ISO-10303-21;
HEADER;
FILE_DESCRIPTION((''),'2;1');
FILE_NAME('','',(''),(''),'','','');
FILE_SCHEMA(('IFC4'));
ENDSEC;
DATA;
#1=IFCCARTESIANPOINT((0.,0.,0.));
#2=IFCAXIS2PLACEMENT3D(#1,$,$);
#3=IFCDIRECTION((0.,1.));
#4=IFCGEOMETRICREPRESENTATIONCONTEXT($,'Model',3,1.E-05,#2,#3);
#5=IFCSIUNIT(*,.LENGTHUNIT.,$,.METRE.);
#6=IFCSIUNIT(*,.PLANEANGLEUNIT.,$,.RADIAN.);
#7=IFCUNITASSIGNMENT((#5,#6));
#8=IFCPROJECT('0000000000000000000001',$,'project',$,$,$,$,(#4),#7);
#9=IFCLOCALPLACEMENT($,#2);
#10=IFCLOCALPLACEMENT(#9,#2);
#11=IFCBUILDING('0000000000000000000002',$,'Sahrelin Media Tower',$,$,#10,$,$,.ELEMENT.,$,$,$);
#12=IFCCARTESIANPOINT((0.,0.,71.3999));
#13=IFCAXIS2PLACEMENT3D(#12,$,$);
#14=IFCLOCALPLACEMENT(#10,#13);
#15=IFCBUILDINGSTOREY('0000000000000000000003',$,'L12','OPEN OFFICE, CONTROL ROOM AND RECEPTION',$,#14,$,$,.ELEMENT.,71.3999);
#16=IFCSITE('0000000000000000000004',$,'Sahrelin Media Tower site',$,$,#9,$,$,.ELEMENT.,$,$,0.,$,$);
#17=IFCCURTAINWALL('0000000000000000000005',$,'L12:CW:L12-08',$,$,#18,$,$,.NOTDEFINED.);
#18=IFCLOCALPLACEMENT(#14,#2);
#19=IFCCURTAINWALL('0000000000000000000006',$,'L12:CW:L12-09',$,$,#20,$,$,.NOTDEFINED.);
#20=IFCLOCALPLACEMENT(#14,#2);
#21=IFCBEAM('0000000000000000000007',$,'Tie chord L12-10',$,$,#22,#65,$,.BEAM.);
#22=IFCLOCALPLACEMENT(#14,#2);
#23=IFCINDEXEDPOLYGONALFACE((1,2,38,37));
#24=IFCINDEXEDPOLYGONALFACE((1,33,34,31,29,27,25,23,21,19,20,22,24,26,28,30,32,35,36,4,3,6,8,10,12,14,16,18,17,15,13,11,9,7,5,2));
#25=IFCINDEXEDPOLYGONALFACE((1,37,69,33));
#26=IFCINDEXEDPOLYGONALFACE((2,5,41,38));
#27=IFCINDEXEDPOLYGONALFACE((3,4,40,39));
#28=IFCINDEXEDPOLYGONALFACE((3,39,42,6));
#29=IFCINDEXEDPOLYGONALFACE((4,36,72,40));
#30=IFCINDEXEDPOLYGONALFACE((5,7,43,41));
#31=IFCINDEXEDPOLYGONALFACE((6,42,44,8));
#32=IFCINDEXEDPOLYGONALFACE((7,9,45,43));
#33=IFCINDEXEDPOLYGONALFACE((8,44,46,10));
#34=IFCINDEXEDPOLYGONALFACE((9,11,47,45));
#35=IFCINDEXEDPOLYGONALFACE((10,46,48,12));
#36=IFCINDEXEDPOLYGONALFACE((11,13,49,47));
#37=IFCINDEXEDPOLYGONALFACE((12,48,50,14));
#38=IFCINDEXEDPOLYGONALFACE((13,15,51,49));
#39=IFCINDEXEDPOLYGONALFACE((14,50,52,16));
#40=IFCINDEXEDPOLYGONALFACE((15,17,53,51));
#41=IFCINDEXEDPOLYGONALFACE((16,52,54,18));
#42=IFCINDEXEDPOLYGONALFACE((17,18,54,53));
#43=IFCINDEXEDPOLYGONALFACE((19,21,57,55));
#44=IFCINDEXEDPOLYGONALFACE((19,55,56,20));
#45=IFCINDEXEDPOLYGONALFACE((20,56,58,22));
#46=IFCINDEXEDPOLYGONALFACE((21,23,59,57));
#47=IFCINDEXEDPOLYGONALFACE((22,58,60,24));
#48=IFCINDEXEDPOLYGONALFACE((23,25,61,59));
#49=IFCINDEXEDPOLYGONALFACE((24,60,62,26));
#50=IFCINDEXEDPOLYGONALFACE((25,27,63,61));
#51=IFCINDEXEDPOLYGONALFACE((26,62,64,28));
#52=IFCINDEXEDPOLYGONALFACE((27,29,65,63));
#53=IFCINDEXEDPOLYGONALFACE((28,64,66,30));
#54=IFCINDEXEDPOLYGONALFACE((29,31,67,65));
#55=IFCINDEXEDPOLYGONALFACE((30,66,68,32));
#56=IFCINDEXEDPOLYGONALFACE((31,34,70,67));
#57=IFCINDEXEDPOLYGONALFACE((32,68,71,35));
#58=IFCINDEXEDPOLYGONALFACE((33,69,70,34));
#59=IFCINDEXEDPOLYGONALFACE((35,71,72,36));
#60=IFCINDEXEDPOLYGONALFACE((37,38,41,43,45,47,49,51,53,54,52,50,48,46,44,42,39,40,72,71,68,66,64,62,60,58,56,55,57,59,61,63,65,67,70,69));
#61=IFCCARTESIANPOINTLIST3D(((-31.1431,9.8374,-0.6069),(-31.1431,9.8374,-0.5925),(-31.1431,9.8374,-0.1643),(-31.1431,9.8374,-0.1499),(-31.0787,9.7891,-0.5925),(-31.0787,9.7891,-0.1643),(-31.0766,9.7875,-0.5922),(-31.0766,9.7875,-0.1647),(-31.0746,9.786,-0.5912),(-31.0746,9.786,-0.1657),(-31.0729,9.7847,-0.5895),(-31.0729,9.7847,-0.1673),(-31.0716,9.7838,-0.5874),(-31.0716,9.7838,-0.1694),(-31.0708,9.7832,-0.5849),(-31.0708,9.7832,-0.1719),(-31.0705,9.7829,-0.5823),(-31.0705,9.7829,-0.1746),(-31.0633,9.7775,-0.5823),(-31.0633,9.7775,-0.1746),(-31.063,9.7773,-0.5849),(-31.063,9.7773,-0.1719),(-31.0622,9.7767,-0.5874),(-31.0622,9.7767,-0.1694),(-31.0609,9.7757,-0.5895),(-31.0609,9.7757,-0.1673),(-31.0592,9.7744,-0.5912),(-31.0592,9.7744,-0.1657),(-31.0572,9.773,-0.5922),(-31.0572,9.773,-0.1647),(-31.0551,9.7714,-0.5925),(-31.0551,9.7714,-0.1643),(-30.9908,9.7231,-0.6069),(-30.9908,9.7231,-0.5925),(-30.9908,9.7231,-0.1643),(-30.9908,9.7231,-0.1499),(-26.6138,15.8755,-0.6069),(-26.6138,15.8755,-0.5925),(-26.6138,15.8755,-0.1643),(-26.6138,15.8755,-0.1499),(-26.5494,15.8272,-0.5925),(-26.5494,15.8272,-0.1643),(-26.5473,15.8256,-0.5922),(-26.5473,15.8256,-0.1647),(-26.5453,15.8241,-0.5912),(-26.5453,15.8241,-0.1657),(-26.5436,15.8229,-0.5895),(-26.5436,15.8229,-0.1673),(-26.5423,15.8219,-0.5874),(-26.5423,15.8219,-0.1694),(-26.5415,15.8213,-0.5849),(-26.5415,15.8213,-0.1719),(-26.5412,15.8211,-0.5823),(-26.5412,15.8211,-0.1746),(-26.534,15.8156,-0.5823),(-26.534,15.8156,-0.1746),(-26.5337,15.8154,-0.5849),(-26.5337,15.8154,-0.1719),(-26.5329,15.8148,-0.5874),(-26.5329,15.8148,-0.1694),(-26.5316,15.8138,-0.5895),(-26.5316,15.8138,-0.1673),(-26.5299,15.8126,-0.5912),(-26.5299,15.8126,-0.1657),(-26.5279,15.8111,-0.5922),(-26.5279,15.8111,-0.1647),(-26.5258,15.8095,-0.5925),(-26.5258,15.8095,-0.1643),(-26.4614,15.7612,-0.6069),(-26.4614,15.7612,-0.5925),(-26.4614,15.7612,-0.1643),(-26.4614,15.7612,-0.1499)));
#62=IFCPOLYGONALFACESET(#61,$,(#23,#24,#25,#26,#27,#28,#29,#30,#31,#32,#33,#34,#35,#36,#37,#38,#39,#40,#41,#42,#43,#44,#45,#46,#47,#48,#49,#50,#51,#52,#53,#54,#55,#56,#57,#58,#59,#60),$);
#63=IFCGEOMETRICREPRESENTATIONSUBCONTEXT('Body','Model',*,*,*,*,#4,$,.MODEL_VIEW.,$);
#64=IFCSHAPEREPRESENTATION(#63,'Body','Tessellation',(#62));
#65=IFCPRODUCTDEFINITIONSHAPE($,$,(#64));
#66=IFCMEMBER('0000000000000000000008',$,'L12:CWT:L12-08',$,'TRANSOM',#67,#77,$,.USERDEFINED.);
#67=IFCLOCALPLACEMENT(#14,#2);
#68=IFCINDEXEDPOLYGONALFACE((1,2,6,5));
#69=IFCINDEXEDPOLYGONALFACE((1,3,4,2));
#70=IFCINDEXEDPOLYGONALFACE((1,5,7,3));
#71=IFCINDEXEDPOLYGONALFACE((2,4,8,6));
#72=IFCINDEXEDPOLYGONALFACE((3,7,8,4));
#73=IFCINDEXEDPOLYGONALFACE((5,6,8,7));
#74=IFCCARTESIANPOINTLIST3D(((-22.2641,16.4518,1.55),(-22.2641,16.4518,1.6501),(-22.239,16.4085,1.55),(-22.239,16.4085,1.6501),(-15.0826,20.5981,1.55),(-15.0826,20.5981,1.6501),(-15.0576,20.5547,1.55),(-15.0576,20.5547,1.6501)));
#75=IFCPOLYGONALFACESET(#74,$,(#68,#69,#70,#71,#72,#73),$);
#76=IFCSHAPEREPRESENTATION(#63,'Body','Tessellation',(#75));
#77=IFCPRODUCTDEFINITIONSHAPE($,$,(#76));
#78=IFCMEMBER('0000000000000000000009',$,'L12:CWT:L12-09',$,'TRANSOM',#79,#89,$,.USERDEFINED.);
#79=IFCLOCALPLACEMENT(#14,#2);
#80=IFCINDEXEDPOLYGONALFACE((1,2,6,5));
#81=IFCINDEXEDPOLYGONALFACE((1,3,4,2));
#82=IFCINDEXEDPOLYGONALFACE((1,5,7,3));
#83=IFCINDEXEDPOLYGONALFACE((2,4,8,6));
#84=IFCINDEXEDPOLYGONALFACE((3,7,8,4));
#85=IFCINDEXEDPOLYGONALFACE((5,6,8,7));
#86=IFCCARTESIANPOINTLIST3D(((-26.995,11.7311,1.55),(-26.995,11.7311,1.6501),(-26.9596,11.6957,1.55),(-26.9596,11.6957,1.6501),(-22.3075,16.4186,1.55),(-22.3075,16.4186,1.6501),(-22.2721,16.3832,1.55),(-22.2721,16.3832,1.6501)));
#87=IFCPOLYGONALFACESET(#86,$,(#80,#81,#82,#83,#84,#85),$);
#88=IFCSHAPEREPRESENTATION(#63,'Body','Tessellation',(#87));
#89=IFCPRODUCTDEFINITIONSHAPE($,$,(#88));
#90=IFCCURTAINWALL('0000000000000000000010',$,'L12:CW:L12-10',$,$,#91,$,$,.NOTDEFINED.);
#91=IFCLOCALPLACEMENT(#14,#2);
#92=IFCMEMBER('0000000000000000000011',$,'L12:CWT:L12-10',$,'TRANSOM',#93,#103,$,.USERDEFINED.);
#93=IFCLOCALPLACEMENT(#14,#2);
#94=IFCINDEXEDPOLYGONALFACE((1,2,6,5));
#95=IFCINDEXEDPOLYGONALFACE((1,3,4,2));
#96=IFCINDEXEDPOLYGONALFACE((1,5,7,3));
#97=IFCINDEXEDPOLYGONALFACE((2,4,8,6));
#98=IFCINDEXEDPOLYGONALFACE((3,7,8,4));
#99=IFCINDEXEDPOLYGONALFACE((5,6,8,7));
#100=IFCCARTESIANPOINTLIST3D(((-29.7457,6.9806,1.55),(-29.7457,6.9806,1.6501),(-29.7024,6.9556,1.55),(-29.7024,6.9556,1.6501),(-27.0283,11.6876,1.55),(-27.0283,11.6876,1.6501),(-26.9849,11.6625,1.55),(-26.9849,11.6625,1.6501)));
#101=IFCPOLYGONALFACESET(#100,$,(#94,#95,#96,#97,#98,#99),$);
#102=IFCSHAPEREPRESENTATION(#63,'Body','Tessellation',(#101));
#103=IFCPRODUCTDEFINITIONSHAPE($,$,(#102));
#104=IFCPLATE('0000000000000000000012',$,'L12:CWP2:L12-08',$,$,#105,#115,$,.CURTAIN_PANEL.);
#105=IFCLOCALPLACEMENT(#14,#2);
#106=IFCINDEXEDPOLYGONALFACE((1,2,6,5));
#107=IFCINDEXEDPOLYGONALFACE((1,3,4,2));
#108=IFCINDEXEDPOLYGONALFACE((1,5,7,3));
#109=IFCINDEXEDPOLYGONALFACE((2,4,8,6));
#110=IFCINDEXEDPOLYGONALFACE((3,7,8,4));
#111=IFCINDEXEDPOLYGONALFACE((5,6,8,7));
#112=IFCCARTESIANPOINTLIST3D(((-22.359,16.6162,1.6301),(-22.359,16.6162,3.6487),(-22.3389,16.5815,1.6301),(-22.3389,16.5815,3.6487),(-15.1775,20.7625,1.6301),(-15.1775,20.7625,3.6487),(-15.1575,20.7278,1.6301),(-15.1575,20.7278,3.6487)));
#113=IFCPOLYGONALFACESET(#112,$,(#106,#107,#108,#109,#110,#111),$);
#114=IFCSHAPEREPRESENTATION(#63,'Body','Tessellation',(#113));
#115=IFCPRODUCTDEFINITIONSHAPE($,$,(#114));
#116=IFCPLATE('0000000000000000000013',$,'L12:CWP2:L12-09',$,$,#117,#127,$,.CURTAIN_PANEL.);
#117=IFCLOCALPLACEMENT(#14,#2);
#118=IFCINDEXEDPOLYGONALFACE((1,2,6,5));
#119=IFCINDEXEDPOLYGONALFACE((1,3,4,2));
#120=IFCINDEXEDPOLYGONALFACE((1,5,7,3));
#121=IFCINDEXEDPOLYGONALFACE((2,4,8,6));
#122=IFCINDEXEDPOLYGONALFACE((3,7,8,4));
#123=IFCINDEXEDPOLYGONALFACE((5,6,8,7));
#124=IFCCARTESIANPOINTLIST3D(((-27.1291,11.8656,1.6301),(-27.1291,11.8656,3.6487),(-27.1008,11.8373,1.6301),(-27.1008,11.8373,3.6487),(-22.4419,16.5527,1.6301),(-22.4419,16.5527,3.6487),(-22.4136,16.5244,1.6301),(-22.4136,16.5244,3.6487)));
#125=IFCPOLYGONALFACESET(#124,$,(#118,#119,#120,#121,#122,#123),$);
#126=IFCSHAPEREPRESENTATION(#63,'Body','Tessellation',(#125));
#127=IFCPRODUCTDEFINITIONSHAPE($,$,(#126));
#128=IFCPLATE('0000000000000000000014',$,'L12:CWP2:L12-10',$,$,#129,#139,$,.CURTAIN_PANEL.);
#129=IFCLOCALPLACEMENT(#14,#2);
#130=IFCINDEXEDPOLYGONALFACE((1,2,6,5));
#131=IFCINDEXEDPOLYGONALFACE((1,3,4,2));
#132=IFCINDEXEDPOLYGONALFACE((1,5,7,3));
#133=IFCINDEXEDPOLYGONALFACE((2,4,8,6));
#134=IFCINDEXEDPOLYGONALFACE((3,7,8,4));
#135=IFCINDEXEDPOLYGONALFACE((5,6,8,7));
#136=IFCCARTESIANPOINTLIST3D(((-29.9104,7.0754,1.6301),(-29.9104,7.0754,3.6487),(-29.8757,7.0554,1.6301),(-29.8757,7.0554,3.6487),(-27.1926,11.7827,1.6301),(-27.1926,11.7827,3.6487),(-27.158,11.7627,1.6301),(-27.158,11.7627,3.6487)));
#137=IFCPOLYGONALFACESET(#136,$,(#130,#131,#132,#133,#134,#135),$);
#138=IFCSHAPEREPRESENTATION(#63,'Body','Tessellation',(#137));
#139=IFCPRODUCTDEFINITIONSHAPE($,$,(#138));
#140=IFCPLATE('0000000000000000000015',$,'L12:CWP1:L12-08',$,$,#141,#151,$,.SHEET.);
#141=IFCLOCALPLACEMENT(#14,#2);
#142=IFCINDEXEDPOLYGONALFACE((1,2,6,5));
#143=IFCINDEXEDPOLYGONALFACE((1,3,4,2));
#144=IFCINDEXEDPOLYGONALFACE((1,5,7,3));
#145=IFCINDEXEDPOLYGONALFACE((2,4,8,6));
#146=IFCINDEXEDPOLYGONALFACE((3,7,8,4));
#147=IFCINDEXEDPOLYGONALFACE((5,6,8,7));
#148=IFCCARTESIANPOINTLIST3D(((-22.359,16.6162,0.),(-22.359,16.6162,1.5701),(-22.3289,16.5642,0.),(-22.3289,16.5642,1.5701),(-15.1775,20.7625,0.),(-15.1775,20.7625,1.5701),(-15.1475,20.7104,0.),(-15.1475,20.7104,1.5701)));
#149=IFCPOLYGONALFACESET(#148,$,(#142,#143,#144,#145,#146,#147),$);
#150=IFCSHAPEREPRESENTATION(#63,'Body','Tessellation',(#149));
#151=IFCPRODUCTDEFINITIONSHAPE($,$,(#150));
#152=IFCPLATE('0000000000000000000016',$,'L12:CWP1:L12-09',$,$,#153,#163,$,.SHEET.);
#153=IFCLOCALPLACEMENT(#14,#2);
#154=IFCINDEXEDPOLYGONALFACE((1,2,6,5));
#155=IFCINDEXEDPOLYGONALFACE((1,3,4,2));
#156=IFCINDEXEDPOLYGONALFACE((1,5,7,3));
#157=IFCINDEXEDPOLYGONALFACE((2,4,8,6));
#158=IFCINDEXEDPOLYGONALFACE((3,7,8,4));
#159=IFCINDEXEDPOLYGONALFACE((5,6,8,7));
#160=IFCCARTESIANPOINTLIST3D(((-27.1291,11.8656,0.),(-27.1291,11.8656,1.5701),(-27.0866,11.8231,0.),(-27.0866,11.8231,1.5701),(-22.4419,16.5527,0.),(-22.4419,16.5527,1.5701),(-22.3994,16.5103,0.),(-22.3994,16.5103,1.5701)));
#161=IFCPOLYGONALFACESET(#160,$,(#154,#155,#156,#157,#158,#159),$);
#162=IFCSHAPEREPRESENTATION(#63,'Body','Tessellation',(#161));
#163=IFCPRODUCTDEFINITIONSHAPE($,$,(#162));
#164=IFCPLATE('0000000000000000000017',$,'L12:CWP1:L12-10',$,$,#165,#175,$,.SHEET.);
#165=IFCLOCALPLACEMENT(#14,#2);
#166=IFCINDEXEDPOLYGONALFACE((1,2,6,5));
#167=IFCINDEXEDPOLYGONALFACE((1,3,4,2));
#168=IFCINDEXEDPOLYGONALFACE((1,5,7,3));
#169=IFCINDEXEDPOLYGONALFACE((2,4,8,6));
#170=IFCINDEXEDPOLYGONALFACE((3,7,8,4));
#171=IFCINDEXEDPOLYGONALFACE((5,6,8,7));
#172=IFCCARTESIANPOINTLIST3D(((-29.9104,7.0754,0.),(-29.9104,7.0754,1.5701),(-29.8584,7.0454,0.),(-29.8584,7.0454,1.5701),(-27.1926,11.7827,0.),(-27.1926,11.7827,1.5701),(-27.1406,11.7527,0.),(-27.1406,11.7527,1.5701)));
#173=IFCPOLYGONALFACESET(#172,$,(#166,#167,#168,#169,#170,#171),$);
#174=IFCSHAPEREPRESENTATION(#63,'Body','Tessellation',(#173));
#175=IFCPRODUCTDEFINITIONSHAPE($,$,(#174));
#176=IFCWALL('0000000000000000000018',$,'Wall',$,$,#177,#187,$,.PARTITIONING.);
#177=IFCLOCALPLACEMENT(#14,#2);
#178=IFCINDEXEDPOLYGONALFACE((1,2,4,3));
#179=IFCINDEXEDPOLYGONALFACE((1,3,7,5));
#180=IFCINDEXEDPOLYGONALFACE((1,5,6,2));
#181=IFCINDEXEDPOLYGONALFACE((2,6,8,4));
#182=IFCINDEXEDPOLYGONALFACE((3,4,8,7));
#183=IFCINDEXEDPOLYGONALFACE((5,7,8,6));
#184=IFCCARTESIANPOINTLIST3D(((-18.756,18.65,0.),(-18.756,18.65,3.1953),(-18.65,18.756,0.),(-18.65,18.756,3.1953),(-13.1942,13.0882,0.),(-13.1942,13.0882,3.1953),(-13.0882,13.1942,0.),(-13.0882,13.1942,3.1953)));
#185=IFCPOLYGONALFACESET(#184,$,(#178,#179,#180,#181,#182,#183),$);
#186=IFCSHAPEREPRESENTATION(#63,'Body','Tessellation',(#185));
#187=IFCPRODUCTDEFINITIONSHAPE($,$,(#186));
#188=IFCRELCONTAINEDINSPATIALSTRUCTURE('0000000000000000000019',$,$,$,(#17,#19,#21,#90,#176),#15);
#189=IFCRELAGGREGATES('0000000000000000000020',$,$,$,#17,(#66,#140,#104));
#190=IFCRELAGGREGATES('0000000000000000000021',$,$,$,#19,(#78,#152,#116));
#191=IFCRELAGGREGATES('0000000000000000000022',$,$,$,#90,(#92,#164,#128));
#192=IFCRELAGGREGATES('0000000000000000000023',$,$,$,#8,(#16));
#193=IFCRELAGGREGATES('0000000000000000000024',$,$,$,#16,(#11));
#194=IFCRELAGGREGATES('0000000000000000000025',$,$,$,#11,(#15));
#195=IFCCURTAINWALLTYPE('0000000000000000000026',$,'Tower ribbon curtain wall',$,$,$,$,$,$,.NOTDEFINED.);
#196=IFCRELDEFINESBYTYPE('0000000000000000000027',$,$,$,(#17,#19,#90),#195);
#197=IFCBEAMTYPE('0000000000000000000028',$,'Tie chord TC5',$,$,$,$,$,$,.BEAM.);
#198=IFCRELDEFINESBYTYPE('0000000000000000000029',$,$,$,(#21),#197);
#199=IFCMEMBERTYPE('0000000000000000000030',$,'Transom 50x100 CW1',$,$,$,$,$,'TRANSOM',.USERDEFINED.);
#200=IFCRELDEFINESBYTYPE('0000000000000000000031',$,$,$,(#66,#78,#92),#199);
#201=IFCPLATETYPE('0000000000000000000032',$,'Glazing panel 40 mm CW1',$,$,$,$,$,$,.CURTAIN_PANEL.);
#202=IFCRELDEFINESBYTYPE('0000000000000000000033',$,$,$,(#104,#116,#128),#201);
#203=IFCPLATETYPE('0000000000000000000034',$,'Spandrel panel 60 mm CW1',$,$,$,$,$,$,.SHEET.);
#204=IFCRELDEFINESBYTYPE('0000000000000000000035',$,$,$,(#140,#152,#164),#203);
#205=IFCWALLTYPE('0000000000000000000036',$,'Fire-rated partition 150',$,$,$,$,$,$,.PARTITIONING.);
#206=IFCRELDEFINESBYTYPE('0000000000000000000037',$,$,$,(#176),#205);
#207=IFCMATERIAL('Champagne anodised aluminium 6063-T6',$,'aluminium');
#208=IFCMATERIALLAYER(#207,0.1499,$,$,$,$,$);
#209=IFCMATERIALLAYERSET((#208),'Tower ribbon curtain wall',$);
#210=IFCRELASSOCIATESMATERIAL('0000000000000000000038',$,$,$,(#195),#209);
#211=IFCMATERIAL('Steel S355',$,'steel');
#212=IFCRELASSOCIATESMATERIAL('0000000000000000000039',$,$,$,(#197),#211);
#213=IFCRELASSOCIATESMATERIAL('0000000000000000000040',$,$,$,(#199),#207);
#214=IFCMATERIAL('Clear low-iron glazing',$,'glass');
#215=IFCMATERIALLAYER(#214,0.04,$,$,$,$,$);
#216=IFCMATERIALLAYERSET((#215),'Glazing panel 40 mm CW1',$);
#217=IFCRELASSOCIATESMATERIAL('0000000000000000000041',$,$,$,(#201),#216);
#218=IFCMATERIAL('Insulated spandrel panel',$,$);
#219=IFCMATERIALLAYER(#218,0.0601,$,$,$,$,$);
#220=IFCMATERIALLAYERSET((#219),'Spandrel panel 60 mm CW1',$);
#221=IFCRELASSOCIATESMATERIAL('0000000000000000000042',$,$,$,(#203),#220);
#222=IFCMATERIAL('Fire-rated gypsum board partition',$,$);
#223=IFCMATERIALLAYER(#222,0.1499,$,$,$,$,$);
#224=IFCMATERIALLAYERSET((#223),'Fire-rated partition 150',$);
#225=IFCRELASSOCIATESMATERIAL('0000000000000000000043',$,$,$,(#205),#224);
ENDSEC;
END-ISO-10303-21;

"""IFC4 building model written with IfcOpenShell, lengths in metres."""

from ifc_helpers import new_model, si_unit, direction, frame, frame_2d, origin, origin_2d, place, context, subcontext, project, spatial, polyline, rectangle, i_section, outline, extrude, material, layer, layer_set, material_profile, profile_set, type_object, element, aggregate, save


model = new_model("IFC4")

# Units and contexts
model_context = context("Model", 3, precision=1e-05, world=origin(), true_north=direction((0.0, 1.0)))
body_context = subcontext(model_context, "Body", "Model", "MODEL_VIEW")
ifc_project = project(units=[si_unit("LENGTHUNIT", "METRE"), si_unit("PLANEANGLEUNIT", "RADIAN")], contexts=[model_context])

# Site, building, storey
site_placement = place(None, origin())
site = spatial("IfcSite", under=ifc_project, at=site_placement, Name="Sahrelin Media Tower site", CompositionType="ELEMENT", RefElevation=0.0)
building_placement = place(site_placement, origin())
building = spatial("IfcBuilding", under=site, at=building_placement, Name="Sahrelin Media Tower", CompositionType="ELEMENT")
storey_placement = place(building_placement, frame((0.0, 0.0, 71.3999)))
storey = spatial("IfcBuildingStorey", under=building, at=storey_placement, Name="L12", Description="OPEN OFFICE, CONTROL ROOM AND RECEPTION", CompositionType="ELEMENT", Elevation=71.3999)

# Shared definitions
ifc_material_1 = material(Name="Steel S355", Category="steel")

# Curtain walls
ifc_material_2 = material(Name="Champagne anodised aluminium 6063-T6", Category="aluminium")
ifc_layer_1 = layer(ifc_material_2, 0.1499)
ifc_layer_set_1 = layer_set([ifc_layer_1], Name="Tower ribbon curtain wall")
curtain_wall_type = type_object("IfcCurtainWallType", Name="Tower ribbon curtain wall", PredefinedType="NOTDEFINED", material=ifc_layer_set_1)
curtain_wall_1_placement = place(storey_placement, frame((-18.7583, 18.6721, 0.0), z_axis=(0.0, 0.0, 1.0), x_axis=(1.0, 0.0, 0.0)))
curtain_wall_1 = element("IfcCurtainWall", 1, at=curtain_wall_1_placement, inside=storey, type_object=curtain_wall_type, Name="L12:CW:L12-08", PredefinedType="NOTDEFINED")
curtain_wall_2_placement = place(storey_placement, frame((-24.7712, 14.1948, 0.0), z_axis=(0.0, 0.0, 1.0), x_axis=(1.0, 0.0, 0.0)))
curtain_wall_2 = element("IfcCurtainWall", 2, at=curtain_wall_2_placement, inside=storey, type_object=curtain_wall_type, Name="L12:CW:L12-09", PredefinedType="NOTDEFINED")

# Beam
ifc_material_profile_1 = material_profile(ifc_material_1, i_section(OverallWidth=0.1904, OverallDepth=0.457, WebThickness=0.009, FlangeThickness=0.0144, FilletRadius=0.0103, at=origin_2d()), Name="UB 457x191x74")
ifc_profile_set_1 = profile_set([ifc_material_profile_1], Name="Steel S355")
beam_type_1 = type_object("IfcBeamType", Name="Tie chord TC5", PredefinedType="BEAM", material=ifc_profile_set_1)
beam_1_placement = place(storey_placement, frame((-26.5376, 15.8184, -0.3784), z_axis=(-0.600062, -0.799953, 0.0), x_axis=(0.799953, -0.600062, 0.0)))
element("IfcBeam", 3, at=beam_1_placement, inside=storey, type_object=beam_type_1, Name="Tie chord L12-10", PredefinedType="BEAM", context=body_context, shape_type="SweptSolid", body=[
    extrude(i_section(OverallWidth=0.1904, OverallDepth=0.457, WebThickness=0.009, FlangeThickness=0.0144, FilletRadius=0.0103, at=origin_2d()), origin(), (0.0, 0.0, 1.0), 7.5481),
])

# Members
ifc_material_profile_2 = material_profile(ifc_material_2, rectangle(XDim=0.05, YDim=0.1001, at=origin_2d()), Name="Transom 50x100")
ifc_profile_set_2 = profile_set([ifc_material_profile_2], Name="Champagne anodised aluminium 6063-T6")
member_type_1 = type_object("IfcMemberType", Name="Transom 50x100 CW1", ElementType="TRANSOM", PredefinedType="USERDEFINED", material=ifc_profile_set_2)
member_1_placement = place(storey_placement, frame((-15.0701, 20.5764, 1.6001), z_axis=(-0.866022, -0.500005, 0.0), x_axis=(0.500005, -0.866022, 0.0)))
member_1 = element("IfcMember", 4, at=member_1_placement, type_object=member_type_1, Name="L12:CWT:L12-08", ObjectType="TRANSOM", PredefinedType="USERDEFINED", context=body_context, shape_type="SweptSolid", body=[
    extrude(rectangle(XDim=0.05, YDim=0.1001, at=origin_2d()), origin(), (0.0, 0.0, 1.0), 8.2925),
])
member_2_placement = place(storey_placement, frame((-22.2898, 16.4009, 1.6001), z_axis=(-0.707107, -0.707107, 0.0), x_axis=(0.707107, -0.707107, 0.0)))
member_2 = element("IfcMember", 5, at=member_2_placement, type_object=member_type_1, Name="L12:CWT:L12-09", ObjectType="TRANSOM", PredefinedType="USERDEFINED", context=body_context, shape_type="SweptSolid", body=[
    extrude(rectangle(XDim=0.05, YDim=0.1001, at=origin_2d()), origin(), (0.0, 0.0, 1.0), 6.6292),
])

# Curtain wall, member
curtain_wall_3_placement = place(storey_placement, frame((-28.5342, 9.4189, 0.0), z_axis=(0.0, 0.0, 1.0), x_axis=(1.0, 0.0, 0.0)))
curtain_wall_3 = element("IfcCurtainWall", 6, at=curtain_wall_3_placement, inside=storey, type_object=curtain_wall_type, Name="L12:CW:L12-10", PredefinedType="NOTDEFINED")
member_3_placement = place(storey_placement, frame((-27.0066, 11.675, 1.6001), z_axis=(-0.499989, -0.866031, 0.0), x_axis=(0.866031, -0.499989, 0.0)))
member_3 = element("IfcMember", 7, at=member_3_placement, type_object=member_type_1, Name="L12:CWT:L12-10", ObjectType="TRANSOM", PredefinedType="USERDEFINED", context=body_context, shape_type="SweptSolid", body=[
    extrude(rectangle(XDim=0.05, YDim=0.1001, at=origin_2d()), origin(), (0.0, 0.0, 1.0), 5.4351),
])

# Plates
ifc_material_3 = material(Name="Clear low-iron glazing", Category="glass")
ifc_layer_2 = layer(ifc_material_3, 0.04)
ifc_layer_set_2 = layer_set([ifc_layer_2], Name="Glazing panel 40 mm CW1")
plate_type_1 = type_object("IfcPlateType", Name="Glazing panel 40 mm CW1", PredefinedType="CURTAIN_PANEL", material=ifc_layer_set_2)
plate_1_placement = place(storey_placement, frame((-15.1775, 20.7625, 1.6301), z_axis=(-0.500005, 0.866022, 0.0), x_axis=(-0.866022, -0.500005, 0.0)))
plate_1 = element("IfcPlate", 8, at=plate_1_placement, type_object=plate_type_1, Name="L12:CWP2:L12-08", PredefinedType="CURTAIN_PANEL", context=body_context, shape_type="SweptSolid", body=[
    extrude(outline(polyline([(0.0, 0.0), (8.2925, 0.0), (8.2925, 2.0186), (0.0, 2.0186), (0.0, 0.0)])), origin(), (0.0, 0.0, -1.0), 0.04),
])
plate_2_placement = place(storey_placement, frame((-22.4419, 16.5527, 1.6301), z_axis=(-0.707107, 0.707107, 0.0), x_axis=(-0.707107, -0.707107, 0.0)))
plate_2 = element("IfcPlate", 9, at=plate_2_placement, type_object=plate_type_1, Name="L12:CWP2:L12-09", PredefinedType="CURTAIN_PANEL", context=body_context, shape_type="SweptSolid", body=[
    extrude(outline(polyline([(0.0, 0.0), (6.6287, 0.0), (6.6287, 2.0186), (0.0, 2.0186), (0.0, 0.0)])), origin(), (0.0, 0.0, -1.0), 0.04),
])
plate_3_placement = place(storey_placement, frame((-27.1926, 11.7827, 1.6301), z_axis=(-0.866023, 0.500004, 0.0), x_axis=(-0.500004, -0.866023, 0.0)))
plate_3 = element("IfcPlate", 10, at=plate_3_placement, type_object=plate_type_1, Name="L12:CWP2:L12-10", PredefinedType="CURTAIN_PANEL", context=body_context, shape_type="SweptSolid", body=[
    extrude(outline(polyline([(0.0, 0.0), (5.4355, 0.0), (5.4355, 2.0186), (0.0, 2.0186), (0.0, 0.0)])), origin(), (0.0, 0.0, -1.0), 0.04),
])
ifc_material_4 = material(Name="Insulated spandrel panel")
ifc_layer_3 = layer(ifc_material_4, 0.0601)
ifc_layer_set_3 = layer_set([ifc_layer_3], Name="Spandrel panel 60 mm CW1")
plate_type_2 = type_object("IfcPlateType", Name="Spandrel panel 60 mm CW1", PredefinedType="SHEET", material=ifc_layer_set_3)
plate_4_placement = place(storey_placement, frame((-15.1775, 20.7625, 0.0), z_axis=(-0.500005, 0.866022, 0.0), x_axis=(-0.866022, -0.500005, 0.0)))
plate_4 = element("IfcPlate", 11, at=plate_4_placement, type_object=plate_type_2, Name="L12:CWP1:L12-08", PredefinedType="SHEET", context=body_context, shape_type="SweptSolid", body=[
    extrude(outline(polyline([(0.0, 0.0), (8.2925, 0.0), (8.2925, 1.5701), (0.0, 1.5701), (0.0, 0.0)])), origin(), (0.0, 0.0, -1.0), 0.0601),
])
aggregate(curtain_wall_1, [member_1, plate_4, plate_1])
plate_5_placement = place(storey_placement, frame((-22.4419, 16.5527, 0.0), z_axis=(-0.707107, 0.707107, 0.0), x_axis=(-0.707107, -0.707107, 0.0)))
plate_5 = element("IfcPlate", 12, at=plate_5_placement, type_object=plate_type_2, Name="L12:CWP1:L12-09", PredefinedType="SHEET", context=body_context, shape_type="SweptSolid", body=[
    extrude(outline(polyline([(0.0, 0.0), (6.6287, 0.0), (6.6287, 1.5701), (0.0, 1.5701), (0.0, 0.0)])), origin(), (0.0, 0.0, -1.0), 0.0601),
])
aggregate(curtain_wall_2, [member_2, plate_5, plate_2])
plate_6_placement = place(storey_placement, frame((-27.1926, 11.7827, 0.0), z_axis=(-0.866023, 0.500004, 0.0), x_axis=(-0.500004, -0.866023, 0.0)))
plate_6 = element("IfcPlate", 13, at=plate_6_placement, type_object=plate_type_2, Name="L12:CWP1:L12-10", PredefinedType="SHEET", context=body_context, shape_type="SweptSolid", body=[
    extrude(outline(polyline([(0.0, 0.0), (5.4355, 0.0), (5.4355, 1.5701), (0.0, 1.5701), (0.0, 0.0)])), origin(), (0.0, 0.0, -1.0), 0.0601),
])
aggregate(curtain_wall_3, [member_3, plate_6, plate_3])

# Wall
ifc_material_5 = material(Name="Fire-rated gypsum board partition")
ifc_layer_4 = layer(ifc_material_5, 0.1499)
ifc_layer_set_4 = layer_set([ifc_layer_4], Name="Fire-rated partition 150")
wall_type_1 = type_object("IfcWallType", Name="Fire-rated partition 150", PredefinedType="PARTITIONING", material=ifc_layer_set_4)
wall_1_placement = place(storey_placement, frame((-18.7029, 18.7029, 0.0), z_axis=(0.0, 0.0, 1.0), x_axis=(0.707107, -0.707107, 0.0)))
element("IfcWall", 14, at=wall_1_placement, inside=storey, type_object=wall_type_1, Name="Wall", PredefinedType="PARTITIONING", context=body_context, shape_type="SweptSolid", body=[
    extrude(rectangle(XDim=7.8655, YDim=0.1499, at=frame_2d((3.9326, 0.0))), origin(), (0.0, 0.0, 1.0), 3.1953),
])

save(model, "model.ifc")
